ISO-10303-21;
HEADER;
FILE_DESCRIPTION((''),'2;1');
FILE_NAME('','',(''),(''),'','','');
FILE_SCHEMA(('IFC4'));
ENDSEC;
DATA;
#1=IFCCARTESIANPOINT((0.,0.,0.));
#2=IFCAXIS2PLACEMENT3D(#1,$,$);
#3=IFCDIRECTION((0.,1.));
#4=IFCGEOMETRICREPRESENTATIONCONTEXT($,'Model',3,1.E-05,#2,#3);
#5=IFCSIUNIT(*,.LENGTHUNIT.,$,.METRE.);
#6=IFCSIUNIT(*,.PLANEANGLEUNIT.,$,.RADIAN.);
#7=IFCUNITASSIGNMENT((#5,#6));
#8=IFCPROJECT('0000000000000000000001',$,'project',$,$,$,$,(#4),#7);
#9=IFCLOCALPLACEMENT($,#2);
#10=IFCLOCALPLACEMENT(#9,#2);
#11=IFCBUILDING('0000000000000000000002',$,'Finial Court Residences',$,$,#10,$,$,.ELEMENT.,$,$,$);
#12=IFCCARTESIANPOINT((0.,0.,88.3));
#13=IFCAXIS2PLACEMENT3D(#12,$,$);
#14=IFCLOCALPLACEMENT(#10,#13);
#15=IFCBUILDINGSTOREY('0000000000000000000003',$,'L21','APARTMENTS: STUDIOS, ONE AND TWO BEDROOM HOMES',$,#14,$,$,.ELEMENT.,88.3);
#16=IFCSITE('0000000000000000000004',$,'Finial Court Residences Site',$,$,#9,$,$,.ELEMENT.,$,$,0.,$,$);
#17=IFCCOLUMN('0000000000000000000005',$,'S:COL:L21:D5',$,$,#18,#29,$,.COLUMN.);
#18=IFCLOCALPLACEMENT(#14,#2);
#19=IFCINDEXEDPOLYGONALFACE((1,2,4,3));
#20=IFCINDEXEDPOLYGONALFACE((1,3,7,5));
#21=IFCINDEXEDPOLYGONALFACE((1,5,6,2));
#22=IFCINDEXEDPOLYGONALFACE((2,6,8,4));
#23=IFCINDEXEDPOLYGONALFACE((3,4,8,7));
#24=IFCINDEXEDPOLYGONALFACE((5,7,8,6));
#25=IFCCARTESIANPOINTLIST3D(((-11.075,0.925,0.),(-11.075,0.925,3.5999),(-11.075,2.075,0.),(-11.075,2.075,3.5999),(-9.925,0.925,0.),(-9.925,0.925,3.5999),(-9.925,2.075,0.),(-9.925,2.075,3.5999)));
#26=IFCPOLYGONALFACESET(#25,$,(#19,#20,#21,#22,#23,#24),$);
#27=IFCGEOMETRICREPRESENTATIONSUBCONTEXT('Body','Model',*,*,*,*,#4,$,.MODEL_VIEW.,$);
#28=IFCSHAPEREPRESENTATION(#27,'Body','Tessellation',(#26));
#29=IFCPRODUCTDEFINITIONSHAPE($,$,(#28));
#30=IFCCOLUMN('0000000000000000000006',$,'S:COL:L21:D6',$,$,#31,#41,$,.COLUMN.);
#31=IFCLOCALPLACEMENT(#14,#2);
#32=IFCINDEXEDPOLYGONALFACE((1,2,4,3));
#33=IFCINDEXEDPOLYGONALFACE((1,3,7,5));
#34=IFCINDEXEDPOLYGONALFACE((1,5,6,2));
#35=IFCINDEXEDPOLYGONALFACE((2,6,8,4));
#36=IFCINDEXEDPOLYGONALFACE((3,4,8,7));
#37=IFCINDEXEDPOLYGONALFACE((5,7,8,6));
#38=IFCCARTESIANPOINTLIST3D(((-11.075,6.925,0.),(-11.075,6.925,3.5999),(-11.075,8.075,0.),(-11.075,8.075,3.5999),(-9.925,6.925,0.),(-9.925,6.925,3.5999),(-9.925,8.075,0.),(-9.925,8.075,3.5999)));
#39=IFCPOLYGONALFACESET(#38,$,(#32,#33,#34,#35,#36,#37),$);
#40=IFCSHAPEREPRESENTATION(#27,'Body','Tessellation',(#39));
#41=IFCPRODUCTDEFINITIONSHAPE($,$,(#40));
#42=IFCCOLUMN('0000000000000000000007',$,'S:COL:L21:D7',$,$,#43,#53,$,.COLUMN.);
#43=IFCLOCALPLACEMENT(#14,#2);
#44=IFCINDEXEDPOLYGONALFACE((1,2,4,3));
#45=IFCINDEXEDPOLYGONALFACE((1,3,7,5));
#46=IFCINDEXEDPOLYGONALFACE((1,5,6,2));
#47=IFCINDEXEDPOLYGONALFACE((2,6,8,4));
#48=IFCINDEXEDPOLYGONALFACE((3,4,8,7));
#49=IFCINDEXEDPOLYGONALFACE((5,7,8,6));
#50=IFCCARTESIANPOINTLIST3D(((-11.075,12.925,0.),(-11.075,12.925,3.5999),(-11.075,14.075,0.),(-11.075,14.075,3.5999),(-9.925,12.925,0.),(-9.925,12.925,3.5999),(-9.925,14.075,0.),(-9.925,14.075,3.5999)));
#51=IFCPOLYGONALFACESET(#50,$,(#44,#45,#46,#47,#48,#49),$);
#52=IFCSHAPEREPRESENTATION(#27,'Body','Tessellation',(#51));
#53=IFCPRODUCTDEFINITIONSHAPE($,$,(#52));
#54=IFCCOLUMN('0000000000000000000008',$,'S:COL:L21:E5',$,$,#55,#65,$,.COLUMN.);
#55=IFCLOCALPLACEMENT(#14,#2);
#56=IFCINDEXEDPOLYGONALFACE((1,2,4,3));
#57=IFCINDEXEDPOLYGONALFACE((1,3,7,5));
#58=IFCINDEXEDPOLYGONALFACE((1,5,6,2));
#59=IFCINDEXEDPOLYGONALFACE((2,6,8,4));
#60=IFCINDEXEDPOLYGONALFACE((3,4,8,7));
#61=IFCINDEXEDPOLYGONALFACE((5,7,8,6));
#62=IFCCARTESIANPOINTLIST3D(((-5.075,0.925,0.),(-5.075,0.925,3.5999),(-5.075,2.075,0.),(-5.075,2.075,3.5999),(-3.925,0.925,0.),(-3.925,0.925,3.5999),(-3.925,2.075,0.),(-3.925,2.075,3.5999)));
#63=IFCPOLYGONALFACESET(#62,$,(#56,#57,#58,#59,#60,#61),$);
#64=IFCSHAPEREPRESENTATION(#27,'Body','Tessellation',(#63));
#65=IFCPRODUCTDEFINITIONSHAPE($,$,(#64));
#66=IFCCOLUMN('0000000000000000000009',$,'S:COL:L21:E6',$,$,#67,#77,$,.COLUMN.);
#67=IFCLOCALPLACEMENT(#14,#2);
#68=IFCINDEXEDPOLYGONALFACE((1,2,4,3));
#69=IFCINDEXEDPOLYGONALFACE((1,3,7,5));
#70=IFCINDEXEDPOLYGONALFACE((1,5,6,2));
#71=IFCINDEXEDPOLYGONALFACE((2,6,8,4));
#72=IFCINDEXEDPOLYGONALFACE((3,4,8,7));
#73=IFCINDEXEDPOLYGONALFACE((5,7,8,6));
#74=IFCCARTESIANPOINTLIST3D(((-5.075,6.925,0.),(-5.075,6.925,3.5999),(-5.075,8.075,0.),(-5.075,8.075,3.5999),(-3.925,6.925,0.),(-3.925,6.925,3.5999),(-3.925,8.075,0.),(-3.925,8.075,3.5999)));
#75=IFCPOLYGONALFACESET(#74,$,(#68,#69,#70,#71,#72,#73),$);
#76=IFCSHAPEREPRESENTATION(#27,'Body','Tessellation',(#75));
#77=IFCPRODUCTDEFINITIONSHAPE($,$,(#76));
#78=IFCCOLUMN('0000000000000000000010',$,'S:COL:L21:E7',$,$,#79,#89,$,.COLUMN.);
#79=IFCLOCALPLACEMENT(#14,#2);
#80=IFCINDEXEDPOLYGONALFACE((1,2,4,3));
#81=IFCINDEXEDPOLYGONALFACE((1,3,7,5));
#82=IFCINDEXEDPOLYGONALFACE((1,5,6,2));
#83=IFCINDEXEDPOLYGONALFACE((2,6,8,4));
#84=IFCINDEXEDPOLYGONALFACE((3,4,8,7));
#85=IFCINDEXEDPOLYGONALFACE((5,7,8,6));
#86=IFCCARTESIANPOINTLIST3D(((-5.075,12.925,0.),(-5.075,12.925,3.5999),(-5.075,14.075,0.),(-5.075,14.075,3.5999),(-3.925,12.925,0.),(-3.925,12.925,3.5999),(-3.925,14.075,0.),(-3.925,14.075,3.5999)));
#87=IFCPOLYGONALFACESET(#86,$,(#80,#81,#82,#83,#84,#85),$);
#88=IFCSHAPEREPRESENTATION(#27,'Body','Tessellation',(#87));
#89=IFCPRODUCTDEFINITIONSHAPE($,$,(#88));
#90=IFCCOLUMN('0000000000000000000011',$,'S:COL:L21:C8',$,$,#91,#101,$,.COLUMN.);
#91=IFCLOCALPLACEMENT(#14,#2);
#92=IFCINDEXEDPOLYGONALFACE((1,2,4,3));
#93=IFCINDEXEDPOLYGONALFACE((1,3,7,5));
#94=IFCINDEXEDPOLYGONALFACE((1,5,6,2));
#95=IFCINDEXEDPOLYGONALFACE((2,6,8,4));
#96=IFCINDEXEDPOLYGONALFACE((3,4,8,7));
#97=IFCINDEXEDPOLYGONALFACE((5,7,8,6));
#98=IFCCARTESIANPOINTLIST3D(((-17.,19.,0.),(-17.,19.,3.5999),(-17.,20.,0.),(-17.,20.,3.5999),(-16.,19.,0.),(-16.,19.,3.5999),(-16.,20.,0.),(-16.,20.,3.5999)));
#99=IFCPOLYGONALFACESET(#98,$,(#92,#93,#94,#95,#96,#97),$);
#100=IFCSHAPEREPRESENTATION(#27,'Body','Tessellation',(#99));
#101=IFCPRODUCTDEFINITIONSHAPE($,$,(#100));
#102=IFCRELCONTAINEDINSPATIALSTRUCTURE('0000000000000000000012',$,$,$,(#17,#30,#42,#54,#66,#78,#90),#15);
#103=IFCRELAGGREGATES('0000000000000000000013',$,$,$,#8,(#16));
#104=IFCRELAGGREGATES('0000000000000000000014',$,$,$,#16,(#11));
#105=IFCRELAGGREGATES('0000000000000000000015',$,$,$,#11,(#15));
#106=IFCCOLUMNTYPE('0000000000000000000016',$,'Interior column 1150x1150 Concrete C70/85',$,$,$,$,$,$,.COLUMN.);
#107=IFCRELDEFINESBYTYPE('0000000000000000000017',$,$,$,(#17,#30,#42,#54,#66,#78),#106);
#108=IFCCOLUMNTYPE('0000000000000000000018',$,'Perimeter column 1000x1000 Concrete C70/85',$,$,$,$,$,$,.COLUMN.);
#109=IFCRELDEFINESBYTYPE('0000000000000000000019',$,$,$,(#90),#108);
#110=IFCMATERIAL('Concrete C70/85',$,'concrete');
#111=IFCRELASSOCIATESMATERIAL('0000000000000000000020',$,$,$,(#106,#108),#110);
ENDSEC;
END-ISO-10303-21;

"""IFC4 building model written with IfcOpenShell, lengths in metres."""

from ifc_helpers import new_model, si_unit, direction, frame, origin, origin_2d, place, context, subcontext, project, spatial, rectangle, extrude, material, material_profile, profile_set, type_object, element, save


model = new_model("IFC4")

# Units and contexts
model_context = context("Model", 3, precision=1e-05, world=origin(), true_north=direction((0.0, 1.0)))
body_context = subcontext(model_context, "Body", "Model", "MODEL_VIEW")
ifc_project = project(units=[si_unit("LENGTHUNIT", "METRE"), si_unit("PLANEANGLEUNIT", "RADIAN")], contexts=[model_context])

# Site, building, storey
site_placement = place(None, origin())
site = spatial("IfcSite", under=ifc_project, at=site_placement, Name="Finial Court Residences Site", CompositionType="ELEMENT", RefElevation=0.0)
building_placement = place(site_placement, origin())
building = spatial("IfcBuilding", under=site, at=building_placement, Name="Finial Court Residences", CompositionType="ELEMENT")
storey_placement = place(building_placement, frame((0.0, 0.0, 88.3)))
storey = spatial("IfcBuildingStorey", under=building, at=storey_placement, Name="L21", Description="APARTMENTS: STUDIOS, ONE AND TWO BEDROOM HOMES", CompositionType="ELEMENT", Elevation=88.3)

# Columns
ifc_material_1 = material(Name="Concrete C70/85", Category="concrete")
ifc_material_profile_1 = material_profile(ifc_material_1, rectangle(XDim=1.1499, YDim=1.1499, at=origin_2d()), Name="1150x1150")
ifc_profile_set_1 = profile_set([ifc_material_profile_1], Name="Concrete C70/85")
column_type_1 = type_object("IfcColumnType", Name="Interior column 1150x1150 Concrete C70/85", PredefinedType="COLUMN", material=ifc_profile_set_1)
for number, where, z_axis, x_axis, name in (
    (1, (-10.5, 1.5, 0.0), (0.0, 0.0, 1.0), (1.0, 0.0, 0.0), "S:COL:L21:D5"),
    (2, (-10.5, 7.5, 0.0), (0.0, 0.0, 1.0), (1.0, 0.0, 0.0), "S:COL:L21:D6"),
    (3, (-10.5, 13.5, 0.0), (0.0, 0.0, 1.0), (1.0, 0.0, 0.0), "S:COL:L21:D7"),
    (4, (-4.5, 1.5, 0.0), (0.0, 0.0, 1.0), (1.0, 0.0, 0.0), "S:COL:L21:E5"),
    (5, (-4.5, 7.5, 0.0), (0.0, 0.0, 1.0), (1.0, 0.0, 0.0), "S:COL:L21:E6"),
    (6, (-4.5, 13.5, 0.0), (0.0, 0.0, 1.0), (1.0, 0.0, 0.0), "S:COL:L21:E7"),
):
    element("IfcColumn", number, at=place(storey_placement, frame(where, z_axis=z_axis, x_axis=x_axis)), inside=storey, type_object=column_type_1, Name=name, PredefinedType="COLUMN", context=body_context, shape_type="SweptSolid", body=[
        extrude(rectangle(XDim=1.1499, YDim=1.1499, at=origin_2d()), origin(), (0.0, 0.0, 1.0), 3.5999),
    ])
ifc_material_profile_2 = material_profile(ifc_material_1, rectangle(XDim=1.0, YDim=1.0, at=origin_2d()), Name="1000x1000")
ifc_profile_set_2 = profile_set([ifc_material_profile_2], Name="Concrete C70/85")
column_type_2 = type_object("IfcColumnType", Name="Perimeter column 1000x1000 Concrete C70/85", PredefinedType="COLUMN", material=ifc_profile_set_2)
column_placement = place(storey_placement, frame((-16.5, 19.5, 0.0), z_axis=(0.0, 0.0, 1.0), x_axis=(1.0, 0.0, 0.0)))
element("IfcColumn", 7, at=column_placement, inside=storey, type_object=column_type_2, Name="S:COL:L21:C8", PredefinedType="COLUMN", context=body_context, shape_type="SweptSolid", body=[
    extrude(rectangle(XDim=1.0, YDim=1.0, at=origin_2d()), origin(), (0.0, 0.0, 1.0), 3.5999),
])

save(model, "model.ifc")
